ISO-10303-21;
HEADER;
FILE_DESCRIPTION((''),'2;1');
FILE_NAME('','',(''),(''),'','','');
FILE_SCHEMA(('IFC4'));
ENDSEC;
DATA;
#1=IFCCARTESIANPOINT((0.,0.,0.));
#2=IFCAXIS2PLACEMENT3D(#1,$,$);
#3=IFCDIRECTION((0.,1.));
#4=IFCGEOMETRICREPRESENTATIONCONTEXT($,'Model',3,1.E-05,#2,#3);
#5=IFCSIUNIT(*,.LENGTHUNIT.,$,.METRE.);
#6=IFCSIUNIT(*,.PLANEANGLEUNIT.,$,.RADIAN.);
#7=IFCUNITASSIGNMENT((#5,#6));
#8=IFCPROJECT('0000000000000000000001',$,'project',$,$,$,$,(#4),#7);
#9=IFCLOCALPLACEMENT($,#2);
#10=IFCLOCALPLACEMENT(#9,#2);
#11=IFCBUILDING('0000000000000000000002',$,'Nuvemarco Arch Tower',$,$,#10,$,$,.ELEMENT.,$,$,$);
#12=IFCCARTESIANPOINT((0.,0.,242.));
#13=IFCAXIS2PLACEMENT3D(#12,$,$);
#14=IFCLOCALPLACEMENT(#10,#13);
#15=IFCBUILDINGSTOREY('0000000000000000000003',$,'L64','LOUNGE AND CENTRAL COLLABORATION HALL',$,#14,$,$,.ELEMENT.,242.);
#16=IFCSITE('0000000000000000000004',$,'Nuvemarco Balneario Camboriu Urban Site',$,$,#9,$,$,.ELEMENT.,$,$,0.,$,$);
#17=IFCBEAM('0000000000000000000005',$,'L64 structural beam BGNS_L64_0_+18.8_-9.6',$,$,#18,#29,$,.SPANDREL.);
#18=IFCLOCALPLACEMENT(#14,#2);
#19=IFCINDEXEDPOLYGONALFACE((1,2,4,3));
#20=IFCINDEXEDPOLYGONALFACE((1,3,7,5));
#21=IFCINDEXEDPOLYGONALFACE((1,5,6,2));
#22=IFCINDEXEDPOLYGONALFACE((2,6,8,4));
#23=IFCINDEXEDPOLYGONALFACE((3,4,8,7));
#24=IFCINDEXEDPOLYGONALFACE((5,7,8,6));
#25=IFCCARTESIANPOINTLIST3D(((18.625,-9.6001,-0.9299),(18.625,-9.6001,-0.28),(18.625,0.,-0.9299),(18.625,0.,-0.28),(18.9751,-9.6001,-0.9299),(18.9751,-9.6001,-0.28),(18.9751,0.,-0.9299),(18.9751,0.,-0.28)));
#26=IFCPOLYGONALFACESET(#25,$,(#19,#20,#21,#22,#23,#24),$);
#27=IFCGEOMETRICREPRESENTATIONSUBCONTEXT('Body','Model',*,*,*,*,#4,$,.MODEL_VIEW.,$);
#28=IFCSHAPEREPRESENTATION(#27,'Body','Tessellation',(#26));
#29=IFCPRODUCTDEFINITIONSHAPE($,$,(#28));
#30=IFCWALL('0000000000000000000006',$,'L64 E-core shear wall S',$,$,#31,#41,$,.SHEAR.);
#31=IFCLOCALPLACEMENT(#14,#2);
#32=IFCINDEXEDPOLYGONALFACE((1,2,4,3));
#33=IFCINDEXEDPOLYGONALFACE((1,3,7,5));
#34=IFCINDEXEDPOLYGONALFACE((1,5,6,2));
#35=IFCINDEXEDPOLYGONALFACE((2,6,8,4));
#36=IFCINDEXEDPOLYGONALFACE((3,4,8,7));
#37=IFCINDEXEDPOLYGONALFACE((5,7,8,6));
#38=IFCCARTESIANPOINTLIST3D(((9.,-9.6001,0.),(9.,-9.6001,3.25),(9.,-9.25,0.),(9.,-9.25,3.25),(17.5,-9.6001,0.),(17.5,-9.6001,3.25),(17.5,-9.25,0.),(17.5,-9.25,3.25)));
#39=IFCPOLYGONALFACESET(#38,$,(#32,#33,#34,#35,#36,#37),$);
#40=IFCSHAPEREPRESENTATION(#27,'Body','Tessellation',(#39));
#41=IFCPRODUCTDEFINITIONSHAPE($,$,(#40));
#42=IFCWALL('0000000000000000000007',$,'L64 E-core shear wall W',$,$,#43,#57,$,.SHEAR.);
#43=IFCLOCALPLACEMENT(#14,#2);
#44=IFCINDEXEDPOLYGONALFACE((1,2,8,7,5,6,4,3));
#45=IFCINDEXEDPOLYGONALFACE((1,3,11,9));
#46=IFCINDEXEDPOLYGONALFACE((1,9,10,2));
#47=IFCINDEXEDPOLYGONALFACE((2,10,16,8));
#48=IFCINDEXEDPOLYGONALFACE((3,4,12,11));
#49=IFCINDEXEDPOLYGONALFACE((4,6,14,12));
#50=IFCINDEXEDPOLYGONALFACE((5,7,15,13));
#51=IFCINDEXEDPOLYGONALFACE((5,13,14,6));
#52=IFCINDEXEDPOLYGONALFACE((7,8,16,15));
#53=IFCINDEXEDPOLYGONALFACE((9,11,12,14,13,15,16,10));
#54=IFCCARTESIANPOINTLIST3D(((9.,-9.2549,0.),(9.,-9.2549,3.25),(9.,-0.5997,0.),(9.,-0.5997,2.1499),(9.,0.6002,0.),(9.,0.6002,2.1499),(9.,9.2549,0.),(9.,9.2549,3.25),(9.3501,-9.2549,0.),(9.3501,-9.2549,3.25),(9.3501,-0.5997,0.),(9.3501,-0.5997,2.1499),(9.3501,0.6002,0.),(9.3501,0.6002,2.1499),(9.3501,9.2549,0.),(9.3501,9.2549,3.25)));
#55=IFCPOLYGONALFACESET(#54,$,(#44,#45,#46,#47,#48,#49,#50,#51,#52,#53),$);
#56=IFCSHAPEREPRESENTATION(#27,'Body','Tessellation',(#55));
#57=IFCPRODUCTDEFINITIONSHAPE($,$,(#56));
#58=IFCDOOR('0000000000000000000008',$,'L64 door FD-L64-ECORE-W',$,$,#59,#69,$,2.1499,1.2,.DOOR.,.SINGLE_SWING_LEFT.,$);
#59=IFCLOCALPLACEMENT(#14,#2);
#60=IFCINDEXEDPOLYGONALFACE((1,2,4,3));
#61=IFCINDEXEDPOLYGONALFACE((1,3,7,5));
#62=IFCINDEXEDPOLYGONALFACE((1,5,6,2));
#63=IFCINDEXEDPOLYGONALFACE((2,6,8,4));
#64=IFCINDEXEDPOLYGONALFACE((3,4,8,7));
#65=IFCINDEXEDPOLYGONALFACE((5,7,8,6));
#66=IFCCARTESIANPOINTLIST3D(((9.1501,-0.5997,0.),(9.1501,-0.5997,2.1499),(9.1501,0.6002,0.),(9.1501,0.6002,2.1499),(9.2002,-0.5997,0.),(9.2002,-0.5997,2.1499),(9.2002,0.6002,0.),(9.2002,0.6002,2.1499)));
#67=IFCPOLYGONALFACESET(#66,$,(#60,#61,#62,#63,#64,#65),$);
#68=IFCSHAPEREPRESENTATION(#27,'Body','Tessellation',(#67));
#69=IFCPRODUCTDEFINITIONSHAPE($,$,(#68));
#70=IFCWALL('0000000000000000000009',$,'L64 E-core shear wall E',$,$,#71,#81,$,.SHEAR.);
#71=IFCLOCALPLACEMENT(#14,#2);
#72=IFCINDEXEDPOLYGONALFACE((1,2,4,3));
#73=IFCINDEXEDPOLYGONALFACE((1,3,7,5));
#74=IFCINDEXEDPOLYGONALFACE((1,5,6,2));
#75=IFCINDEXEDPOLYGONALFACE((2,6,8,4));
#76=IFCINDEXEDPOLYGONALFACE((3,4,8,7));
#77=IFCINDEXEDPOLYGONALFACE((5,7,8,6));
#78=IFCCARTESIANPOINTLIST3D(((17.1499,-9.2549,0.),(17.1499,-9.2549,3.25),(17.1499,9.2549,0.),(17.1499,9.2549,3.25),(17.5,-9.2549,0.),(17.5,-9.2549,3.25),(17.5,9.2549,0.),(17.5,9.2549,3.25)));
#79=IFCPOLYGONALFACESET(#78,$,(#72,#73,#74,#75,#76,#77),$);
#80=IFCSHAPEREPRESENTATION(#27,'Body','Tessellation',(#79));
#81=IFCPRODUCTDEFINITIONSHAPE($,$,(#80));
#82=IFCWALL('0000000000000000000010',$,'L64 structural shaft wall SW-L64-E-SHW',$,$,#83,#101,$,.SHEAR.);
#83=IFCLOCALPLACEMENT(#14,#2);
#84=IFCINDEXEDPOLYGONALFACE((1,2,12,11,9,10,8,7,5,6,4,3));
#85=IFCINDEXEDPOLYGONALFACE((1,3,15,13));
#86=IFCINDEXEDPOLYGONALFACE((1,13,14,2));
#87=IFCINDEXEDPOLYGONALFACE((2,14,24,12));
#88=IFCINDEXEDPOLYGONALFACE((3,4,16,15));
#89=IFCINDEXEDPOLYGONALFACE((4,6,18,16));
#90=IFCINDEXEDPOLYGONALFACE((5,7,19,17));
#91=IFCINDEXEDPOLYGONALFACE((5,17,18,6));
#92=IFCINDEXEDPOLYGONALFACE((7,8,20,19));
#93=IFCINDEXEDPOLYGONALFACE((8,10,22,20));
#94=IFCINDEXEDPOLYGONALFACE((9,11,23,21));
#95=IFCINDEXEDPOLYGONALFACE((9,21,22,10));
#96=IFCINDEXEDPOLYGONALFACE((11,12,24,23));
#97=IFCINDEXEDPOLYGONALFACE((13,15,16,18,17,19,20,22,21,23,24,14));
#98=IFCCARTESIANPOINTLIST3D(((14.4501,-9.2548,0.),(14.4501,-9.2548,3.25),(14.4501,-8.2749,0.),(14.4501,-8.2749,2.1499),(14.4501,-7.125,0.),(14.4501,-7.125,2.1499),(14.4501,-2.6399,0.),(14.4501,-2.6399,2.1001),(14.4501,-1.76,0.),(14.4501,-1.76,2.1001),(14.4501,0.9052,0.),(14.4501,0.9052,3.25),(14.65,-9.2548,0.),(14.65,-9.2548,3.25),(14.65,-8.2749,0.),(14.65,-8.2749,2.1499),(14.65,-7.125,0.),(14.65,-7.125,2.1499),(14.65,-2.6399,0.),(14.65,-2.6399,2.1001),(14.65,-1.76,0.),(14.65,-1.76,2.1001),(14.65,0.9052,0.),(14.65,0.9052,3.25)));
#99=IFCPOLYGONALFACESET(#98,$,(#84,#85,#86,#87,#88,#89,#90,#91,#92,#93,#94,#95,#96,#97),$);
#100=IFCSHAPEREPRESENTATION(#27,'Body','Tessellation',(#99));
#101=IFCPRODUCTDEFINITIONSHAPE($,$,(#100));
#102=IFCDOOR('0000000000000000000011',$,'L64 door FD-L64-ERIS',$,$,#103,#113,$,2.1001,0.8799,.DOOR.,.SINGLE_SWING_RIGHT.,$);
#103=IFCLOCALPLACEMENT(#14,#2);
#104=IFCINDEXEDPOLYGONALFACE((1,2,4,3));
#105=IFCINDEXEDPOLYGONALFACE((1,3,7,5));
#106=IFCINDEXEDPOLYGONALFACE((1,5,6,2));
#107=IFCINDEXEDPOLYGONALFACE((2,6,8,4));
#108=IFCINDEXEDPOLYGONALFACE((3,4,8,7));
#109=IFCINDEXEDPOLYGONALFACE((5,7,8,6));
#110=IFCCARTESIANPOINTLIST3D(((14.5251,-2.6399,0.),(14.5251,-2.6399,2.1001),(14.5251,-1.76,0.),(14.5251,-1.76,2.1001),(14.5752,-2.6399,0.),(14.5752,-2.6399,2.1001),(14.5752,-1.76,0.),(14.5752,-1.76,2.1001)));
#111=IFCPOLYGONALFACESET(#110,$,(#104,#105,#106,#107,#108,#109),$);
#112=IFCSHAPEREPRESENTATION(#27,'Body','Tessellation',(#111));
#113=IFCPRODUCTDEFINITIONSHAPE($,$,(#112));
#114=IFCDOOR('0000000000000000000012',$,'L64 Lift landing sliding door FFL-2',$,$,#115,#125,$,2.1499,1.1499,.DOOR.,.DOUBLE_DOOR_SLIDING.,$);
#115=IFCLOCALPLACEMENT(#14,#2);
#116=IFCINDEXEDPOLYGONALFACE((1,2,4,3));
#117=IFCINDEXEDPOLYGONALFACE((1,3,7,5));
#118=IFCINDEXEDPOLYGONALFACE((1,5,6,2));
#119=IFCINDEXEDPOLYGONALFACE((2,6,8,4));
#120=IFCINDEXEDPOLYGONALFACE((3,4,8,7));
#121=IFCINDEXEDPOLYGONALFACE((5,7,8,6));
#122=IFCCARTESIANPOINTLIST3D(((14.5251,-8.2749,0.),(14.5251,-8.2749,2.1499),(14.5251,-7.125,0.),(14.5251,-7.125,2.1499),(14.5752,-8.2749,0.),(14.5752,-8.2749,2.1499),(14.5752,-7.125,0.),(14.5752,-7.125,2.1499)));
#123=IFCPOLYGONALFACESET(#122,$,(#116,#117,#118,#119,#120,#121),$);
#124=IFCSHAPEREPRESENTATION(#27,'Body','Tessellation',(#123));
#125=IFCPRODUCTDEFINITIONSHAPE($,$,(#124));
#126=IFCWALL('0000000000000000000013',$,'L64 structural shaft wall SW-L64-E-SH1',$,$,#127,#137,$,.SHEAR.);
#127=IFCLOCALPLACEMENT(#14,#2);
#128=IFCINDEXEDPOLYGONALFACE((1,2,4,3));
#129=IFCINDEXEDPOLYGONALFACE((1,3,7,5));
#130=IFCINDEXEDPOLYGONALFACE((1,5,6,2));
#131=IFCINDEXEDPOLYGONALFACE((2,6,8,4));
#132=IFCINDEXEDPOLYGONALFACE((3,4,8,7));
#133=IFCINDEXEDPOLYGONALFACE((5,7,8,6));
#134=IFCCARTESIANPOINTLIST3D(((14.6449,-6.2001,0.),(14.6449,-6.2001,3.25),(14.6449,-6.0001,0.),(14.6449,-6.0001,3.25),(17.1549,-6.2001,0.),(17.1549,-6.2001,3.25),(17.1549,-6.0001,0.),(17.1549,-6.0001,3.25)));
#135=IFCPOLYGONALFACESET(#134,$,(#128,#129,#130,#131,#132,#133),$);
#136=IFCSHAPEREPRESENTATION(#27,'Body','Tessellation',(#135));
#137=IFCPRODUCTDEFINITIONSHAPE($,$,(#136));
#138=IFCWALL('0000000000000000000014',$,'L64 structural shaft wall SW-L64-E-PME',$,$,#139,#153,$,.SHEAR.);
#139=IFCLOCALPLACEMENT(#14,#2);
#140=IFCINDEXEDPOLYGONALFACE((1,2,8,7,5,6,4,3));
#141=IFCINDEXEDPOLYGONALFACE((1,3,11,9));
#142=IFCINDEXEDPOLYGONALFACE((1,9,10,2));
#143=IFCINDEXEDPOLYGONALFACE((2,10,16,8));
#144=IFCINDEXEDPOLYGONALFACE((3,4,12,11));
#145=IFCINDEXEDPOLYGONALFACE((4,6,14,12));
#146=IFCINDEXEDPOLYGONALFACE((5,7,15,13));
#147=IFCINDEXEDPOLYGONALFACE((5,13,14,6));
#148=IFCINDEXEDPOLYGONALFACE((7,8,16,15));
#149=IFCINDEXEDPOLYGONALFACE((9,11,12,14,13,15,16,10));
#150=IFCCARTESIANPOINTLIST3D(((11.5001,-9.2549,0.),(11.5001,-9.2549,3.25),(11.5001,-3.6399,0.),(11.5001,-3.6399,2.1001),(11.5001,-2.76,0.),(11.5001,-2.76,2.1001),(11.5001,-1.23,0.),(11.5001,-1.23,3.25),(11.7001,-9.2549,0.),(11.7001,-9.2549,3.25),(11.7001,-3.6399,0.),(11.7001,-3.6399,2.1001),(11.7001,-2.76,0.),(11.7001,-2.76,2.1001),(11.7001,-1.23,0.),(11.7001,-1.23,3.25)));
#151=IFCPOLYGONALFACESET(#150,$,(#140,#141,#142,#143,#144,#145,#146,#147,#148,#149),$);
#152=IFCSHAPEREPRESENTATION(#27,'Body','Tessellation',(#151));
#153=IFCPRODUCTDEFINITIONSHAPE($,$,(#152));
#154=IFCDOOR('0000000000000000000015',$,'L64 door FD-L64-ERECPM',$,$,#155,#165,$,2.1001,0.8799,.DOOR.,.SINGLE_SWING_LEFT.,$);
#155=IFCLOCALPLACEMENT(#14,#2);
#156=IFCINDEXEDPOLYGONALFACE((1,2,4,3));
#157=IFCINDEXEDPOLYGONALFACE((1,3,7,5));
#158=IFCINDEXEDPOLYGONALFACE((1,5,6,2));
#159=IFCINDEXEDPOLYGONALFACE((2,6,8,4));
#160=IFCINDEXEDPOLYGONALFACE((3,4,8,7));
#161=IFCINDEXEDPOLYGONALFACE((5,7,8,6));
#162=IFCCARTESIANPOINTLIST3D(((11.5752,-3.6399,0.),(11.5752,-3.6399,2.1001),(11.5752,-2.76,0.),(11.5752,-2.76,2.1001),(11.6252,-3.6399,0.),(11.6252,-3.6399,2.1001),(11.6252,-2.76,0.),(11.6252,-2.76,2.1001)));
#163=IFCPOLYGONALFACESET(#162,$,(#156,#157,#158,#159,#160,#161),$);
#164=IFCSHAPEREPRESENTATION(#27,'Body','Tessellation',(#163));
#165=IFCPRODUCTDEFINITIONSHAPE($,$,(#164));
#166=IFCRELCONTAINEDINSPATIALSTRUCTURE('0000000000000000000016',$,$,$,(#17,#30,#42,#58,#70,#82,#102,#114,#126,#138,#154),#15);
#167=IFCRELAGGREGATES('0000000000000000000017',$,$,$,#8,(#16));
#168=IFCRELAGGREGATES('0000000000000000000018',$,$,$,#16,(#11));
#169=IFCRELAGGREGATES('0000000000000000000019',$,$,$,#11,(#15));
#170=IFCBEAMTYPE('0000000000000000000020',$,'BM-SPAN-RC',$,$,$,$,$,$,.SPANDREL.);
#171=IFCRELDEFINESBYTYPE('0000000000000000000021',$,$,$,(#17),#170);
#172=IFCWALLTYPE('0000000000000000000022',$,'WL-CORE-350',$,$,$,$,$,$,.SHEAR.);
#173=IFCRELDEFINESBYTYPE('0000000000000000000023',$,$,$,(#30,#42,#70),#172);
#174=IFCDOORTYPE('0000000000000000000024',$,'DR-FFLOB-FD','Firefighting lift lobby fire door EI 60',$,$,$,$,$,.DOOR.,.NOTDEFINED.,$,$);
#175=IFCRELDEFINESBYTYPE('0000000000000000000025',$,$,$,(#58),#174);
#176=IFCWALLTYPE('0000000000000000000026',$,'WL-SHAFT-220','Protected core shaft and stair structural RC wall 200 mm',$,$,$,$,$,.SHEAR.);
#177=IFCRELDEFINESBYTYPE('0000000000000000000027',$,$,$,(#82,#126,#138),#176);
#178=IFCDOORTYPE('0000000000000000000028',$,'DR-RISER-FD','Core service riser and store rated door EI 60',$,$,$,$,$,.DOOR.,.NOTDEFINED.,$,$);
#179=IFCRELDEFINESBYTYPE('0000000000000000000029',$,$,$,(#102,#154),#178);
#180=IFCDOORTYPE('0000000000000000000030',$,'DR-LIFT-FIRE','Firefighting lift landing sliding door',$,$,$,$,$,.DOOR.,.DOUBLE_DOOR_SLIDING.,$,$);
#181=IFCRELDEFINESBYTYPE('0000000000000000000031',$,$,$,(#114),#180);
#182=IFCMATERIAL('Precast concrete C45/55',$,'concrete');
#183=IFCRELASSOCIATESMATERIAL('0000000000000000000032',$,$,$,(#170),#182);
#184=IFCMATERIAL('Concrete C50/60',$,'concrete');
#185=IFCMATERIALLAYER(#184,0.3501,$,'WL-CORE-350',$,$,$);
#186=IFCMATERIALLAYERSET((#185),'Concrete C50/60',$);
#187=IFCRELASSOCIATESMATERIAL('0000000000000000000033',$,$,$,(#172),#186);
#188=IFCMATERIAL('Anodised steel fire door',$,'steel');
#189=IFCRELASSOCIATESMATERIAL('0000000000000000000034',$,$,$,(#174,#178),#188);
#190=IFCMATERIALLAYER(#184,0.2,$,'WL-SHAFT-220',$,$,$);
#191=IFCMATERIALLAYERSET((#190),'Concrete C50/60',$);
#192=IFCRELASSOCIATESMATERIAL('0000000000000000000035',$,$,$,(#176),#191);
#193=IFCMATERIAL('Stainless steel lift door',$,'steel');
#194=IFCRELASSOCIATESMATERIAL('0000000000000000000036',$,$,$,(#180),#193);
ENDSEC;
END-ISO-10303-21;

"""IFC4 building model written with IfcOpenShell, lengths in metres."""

from ifc_helpers import new_model, si_unit, direction, frame, frame_2d, origin, origin_2d, place, context, subcontext, project, spatial, rectangle, extrude, source, transform, mapped, material, layer, layer_set, material_profile, profile_set, type_object, type_shapes, element, fill, save


model = new_model("IFC4")

# Units and contexts
model_context = context("Model", 3, precision=1e-05, world=origin(), true_north=direction((0.0, 1.0)))
body_context = subcontext(model_context, "Body", "Model", "MODEL_VIEW")
ifc_project = project(units=[si_unit("LENGTHUNIT", "METRE"), si_unit("PLANEANGLEUNIT", "RADIAN")], contexts=[model_context])

# Site, building, storey
site_placement = place(None, origin())
site = spatial("IfcSite", under=ifc_project, at=site_placement, Name="Nuvemarco Balneario Camboriu Urban Site", CompositionType="ELEMENT", RefElevation=0.0)
building_placement = place(site_placement, origin())
building = spatial("IfcBuilding", under=site, at=building_placement, Name="Nuvemarco Arch Tower", CompositionType="ELEMENT")
storey_placement = place(building_placement, frame((0.0, 0.0, 242.0)))
storey = spatial("IfcBuildingStorey", under=building, at=storey_placement, Name="L64", Description="LOUNGE AND CENTRAL COLLABORATION HALL", CompositionType="ELEMENT", Elevation=242.0)

# Shared definitions
ifc_material_1 = material(Name="Concrete C50/60", Category="concrete")

# Beam
ifc_material_2 = material(Name="Precast concrete C45/55", Category="concrete")
ifc_material_profile_1 = material_profile(ifc_material_2, rectangle(XDim=0.3501, YDim=0.6499, at=origin_2d()), Name="PC-SP-350x650")
ifc_profile_set_1 = profile_set([ifc_material_profile_1], Name="Precast concrete C45/55")
beam_type_1 = type_object("IfcBeamType", Name="BM-SPAN-RC", PredefinedType="SPANDREL", material=ifc_profile_set_1)
beam_1_placement = place(storey_placement, frame((18.8, -9.6001, -0.605), z_axis=(0.0, 1.0, 0.0), x_axis=(-1.0, 0.0, 0.0)))
element("IfcBeam", 1, at=beam_1_placement, inside=storey, type_object=beam_type_1, Name="L64 structural beam BGNS_L64_0_+18.8_-9.6", PredefinedType="SPANDREL", context=body_context, shape_type="SweptSolid", body=[
    extrude(rectangle(XDim=0.3501, YDim=0.6499, at=origin_2d()), origin(), (0.0, 0.0, 1.0), 9.6001),
])

# Wall
ifc_layer_1 = layer(ifc_material_1, 0.3501, Name="WL-CORE-350")
ifc_layer_set_1 = layer_set([ifc_layer_1], Name="Concrete C50/60")
wall_type_1 = type_object("IfcWallType", Name="WL-CORE-350", PredefinedType="SHEAR", material=ifc_layer_set_1)
wall_1_placement = place(storey_placement, frame((9.0, -9.425, 0.0), z_axis=(0.0, 0.0, 1.0), x_axis=(1.0, 0.0, 0.0)))
element("IfcWall", 2, at=wall_1_placement, inside=storey, type_object=wall_type_1, Name="L64 E-core shear wall S", PredefinedType="SHEAR", context=body_context, shape_type="SweptSolid", body=[
    extrude(rectangle(XDim=8.5, YDim=0.3501, at=frame_2d((4.25, 0.0))), origin(), (0.0, 0.0, 1.0), 3.25),
])

# Wall, opening, door
wall_2_placement = place(storey_placement, frame((9.175, -9.2549, 0.0), z_axis=(0.0, 0.0, 1.0), x_axis=(0.0, 1.0, 0.0)))
wall_2 = element("IfcWall", 3, at=wall_2_placement, inside=storey, type_object=wall_type_1, Name="L64 E-core shear wall W", PredefinedType="SHEAR", context=body_context, shape_type="SweptSolid", body=[
    extrude(rectangle(XDim=18.5098, YDim=0.3501, at=frame_2d((9.2549, 0.0))), origin(), (0.0, 0.0, 1.0), 3.25),
])
opening_1_placement = place(wall_2_placement, frame((8.655, 0.0, 0.0)))
opening_1 = element("IfcOpeningElement", 4, at=opening_1_placement, cuts=wall_2, PredefinedType="OPENING", context=body_context, shape_type="SweptSolid", body=[
    extrude(rectangle(XDim=1.2, YDim=2.1499, at=frame_2d((0.6001, 1.075))), frame((0.0, 0.1851, 0.0), z_axis=(0.0, -1.0, 0.0), x_axis=(1.0, 0.0, 0.0)), (0.0, 0.0, 1.0), 0.3701),
])
ifc_material_3 = material(Name="Anodised steel fire door", Category="steel")
door_type_1 = type_object("IfcDoorType", Name="DR-FFLOB-FD", Description="Firefighting lift lobby fire door EI 60", OperationType="NOTDEFINED", PredefinedType="DOOR", material=ifc_material_3)
shared_shape_1 = source(origin(), body_context, "Body", "SweptSolid", [
    extrude(rectangle(XDim=1.2, YDim=2.1499, at=frame_2d((0.6001, 1.075))), frame((0.0, 0.0249, 0.0), z_axis=(0.0, -1.0, 0.0), x_axis=(1.0, 0.0, 0.0)), (0.0, 0.0, 1.0), 0.05),
])
type_shapes(door_type_1, [shared_shape_1])
door_1_placement = place(opening_1_placement, origin())
door_1 = element("IfcDoor", 5, at=door_1_placement, inside=storey, type_object=door_type_1, Name="L64 door FD-L64-ECORE-W", OperationType="SINGLE_SWING_LEFT", OverallHeight=2.1499, OverallWidth=1.2, PredefinedType="DOOR", context=body_context, shape_type="MappedRepresentation", body=[
    mapped(shared_shape_1, transform((0.0, 0.0, 0.0), scale=1.0)),
])
fill(opening_1, door_1)

# Wall
wall_3_placement = place(storey_placement, frame((17.325, -9.2549, 0.0), z_axis=(0.0, 0.0, 1.0), x_axis=(0.0, 1.0, 0.0)))
element("IfcWall", 6, at=wall_3_placement, inside=storey, type_object=wall_type_1, Name="L64 E-core shear wall E", PredefinedType="SHEAR", context=body_context, shape_type="SweptSolid", body=[
    extrude(rectangle(XDim=18.5098, YDim=0.3501, at=frame_2d((9.2549, 0.0))), origin(), (0.0, 0.0, 1.0), 3.25),
])

# Wall, openings, doors
ifc_layer_2 = layer(ifc_material_1, 0.2, Name="WL-SHAFT-220")
ifc_layer_set_2 = layer_set([ifc_layer_2], Name="Concrete C50/60")
wall_type_2 = type_object("IfcWallType", Name="WL-SHAFT-220", Description="Protected core shaft and stair structural RC wall 200 mm", PredefinedType="SHEAR", material=ifc_layer_set_2)
wall_4_placement = place(storey_placement, frame((14.55, -9.2549, 0.0), z_axis=(0.0, 0.0, 1.0), x_axis=(0.0, 1.0, 0.0)))
wall_4 = element("IfcWall", 7, at=wall_4_placement, inside=storey, type_object=wall_type_2, Name="L64 structural shaft wall SW-L64-E-SHW", PredefinedType="SHEAR", context=body_context, shape_type="SweptSolid", body=[
    extrude(rectangle(XDim=10.1599, YDim=0.2, at=frame_2d((5.0801, 0.0))), origin(), (0.0, 0.0, 1.0), 3.25),
])
opening_2_placement = place(wall_4_placement, frame((6.615, 0.0, 0.0)))
opening_2 = element("IfcOpeningElement", 8, at=opening_2_placement, cuts=wall_4, PredefinedType="OPENING", context=body_context, shape_type="SweptSolid", body=[
    extrude(rectangle(XDim=0.8799, YDim=2.1001, at=frame_2d((0.4399, 1.05))), frame((0.0, 0.1099, 0.0), z_axis=(0.0, -1.0, 0.0), x_axis=(1.0, 0.0, 0.0)), (0.0, 0.0, 1.0), 0.22),
])
opening_3_placement = place(wall_4_placement, frame((0.98, 0.0, 0.0)))
opening_3 = element("IfcOpeningElement", 9, at=opening_3_placement, cuts=wall_4, PredefinedType="OPENING", context=body_context, shape_type="SweptSolid", body=[
    extrude(rectangle(XDim=1.1499, YDim=2.1499, at=frame_2d((0.575, 1.075))), frame((0.0, 0.1099, 0.0), z_axis=(0.0, -1.0, 0.0), x_axis=(1.0, 0.0, 0.0)), (0.0, 0.0, 1.0), 0.22),
])
door_type_2 = type_object("IfcDoorType", Name="DR-RISER-FD", Description="Core service riser and store rated door EI 60", OperationType="NOTDEFINED", PredefinedType="DOOR", material=ifc_material_3)
shared_shape_2 = source(origin(), body_context, "Body", "SweptSolid", [
    extrude(rectangle(XDim=0.8799, YDim=2.1001, at=frame_2d((0.4399, 1.05))), frame((0.0, 0.0249, 0.0), z_axis=(0.0, -1.0, 0.0), x_axis=(1.0, 0.0, 0.0)), (0.0, 0.0, 1.0), 0.05),
])
type_shapes(door_type_2, [shared_shape_2])
door_2_placement = place(opening_2_placement, origin())
door_2 = element("IfcDoor", 10, at=door_2_placement, inside=storey, type_object=door_type_2, Name="L64 door FD-L64-ERIS", OperationType="SINGLE_SWING_RIGHT", OverallHeight=2.1001, OverallWidth=0.8799, PredefinedType="DOOR", context=body_context, shape_type="MappedRepresentation", body=[
    mapped(shared_shape_2, transform((0.0, 0.0, 0.0), scale=1.0)),
])
fill(opening_2, door_2)
ifc_material_4 = material(Name="Stainless steel lift door", Category="steel")
door_type_3 = type_object("IfcDoorType", Name="DR-LIFT-FIRE", Description="Firefighting lift landing sliding door", OperationType="DOUBLE_DOOR_SLIDING", PredefinedType="DOOR", material=ifc_material_4)
shared_shape_3 = source(origin(), body_context, "Body", "SweptSolid", [
    extrude(rectangle(XDim=1.1499, YDim=2.1499, at=frame_2d((0.575, 1.075))), frame((0.0, 0.0249, 0.0), z_axis=(0.0, -1.0, 0.0), x_axis=(1.0, 0.0, 0.0)), (0.0, 0.0, 1.0), 0.05),
])
type_shapes(door_type_3, [shared_shape_3])
door_3_placement = place(opening_3_placement, origin())
door_3 = element("IfcDoor", 11, at=door_3_placement, inside=storey, type_object=door_type_3, Name="L64 Lift landing sliding door FFL-2", OperationType="DOUBLE_DOOR_SLIDING", OverallHeight=2.1499, OverallWidth=1.1499, PredefinedType="DOOR", context=body_context, shape_type="MappedRepresentation", body=[
    mapped(shared_shape_3, transform((0.0, 0.0, 0.0), scale=1.0)),
])
fill(opening_3, door_3)

# Wall
wall_5_placement = place(storey_placement, frame((14.645, -6.1001, 0.0), z_axis=(0.0, 0.0, 1.0), x_axis=(1.0, 0.0, 0.0)))
element("IfcWall", 12, at=wall_5_placement, inside=storey, type_object=wall_type_2, Name="L64 structural shaft wall SW-L64-E-SH1", PredefinedType="SHEAR", context=body_context, shape_type="SweptSolid", body=[
    extrude(rectangle(XDim=2.51, YDim=0.2, at=frame_2d((1.2549, 0.0))), origin(), (0.0, 0.0, 1.0), 3.25),
])

# Wall, opening, door
wall_6_placement = place(storey_placement, frame((11.6001, -9.2549, 0.0), z_axis=(0.0, 0.0, 1.0), x_axis=(0.0, 1.0, 0.0)))
wall_6 = element("IfcWall", 13, at=wall_6_placement, inside=storey, type_object=wall_type_2, Name="L64 structural shaft wall SW-L64-E-PME", PredefinedType="SHEAR", context=body_context, shape_type="SweptSolid", body=[
    extrude(rectangle(XDim=8.0249, YDim=0.2, at=frame_2d((4.0125, 0.0))), origin(), (0.0, 0.0, 1.0), 3.25),
])
opening_4_placement = place(wall_6_placement, frame((5.615, 0.0, 0.0)))
opening_4 = element("IfcOpeningElement", 14, at=opening_4_placement, cuts=wall_6, PredefinedType="OPENING", context=body_context, shape_type="SweptSolid", body=[
    extrude(rectangle(XDim=0.8799, YDim=2.1001, at=frame_2d((0.4399, 1.05))), frame((0.0, 0.1099, 0.0), z_axis=(0.0, -1.0, 0.0), x_axis=(1.0, 0.0, 0.0)), (0.0, 0.0, 1.0), 0.22),
])
door_4_placement = place(opening_4_placement, origin())
door_4 = element("IfcDoor", 15, at=door_4_placement, inside=storey, type_object=door_type_2, Name="L64 door FD-L64-ERECPM", OperationType="SINGLE_SWING_LEFT", OverallHeight=2.1001, OverallWidth=0.8799, PredefinedType="DOOR", context=body_context, shape_type="MappedRepresentation", body=[
    mapped(shared_shape_2, transform((0.0, 0.0, 0.0), scale=1.0)),
])
fill(opening_4, door_4)

save(model, "model.ifc")
